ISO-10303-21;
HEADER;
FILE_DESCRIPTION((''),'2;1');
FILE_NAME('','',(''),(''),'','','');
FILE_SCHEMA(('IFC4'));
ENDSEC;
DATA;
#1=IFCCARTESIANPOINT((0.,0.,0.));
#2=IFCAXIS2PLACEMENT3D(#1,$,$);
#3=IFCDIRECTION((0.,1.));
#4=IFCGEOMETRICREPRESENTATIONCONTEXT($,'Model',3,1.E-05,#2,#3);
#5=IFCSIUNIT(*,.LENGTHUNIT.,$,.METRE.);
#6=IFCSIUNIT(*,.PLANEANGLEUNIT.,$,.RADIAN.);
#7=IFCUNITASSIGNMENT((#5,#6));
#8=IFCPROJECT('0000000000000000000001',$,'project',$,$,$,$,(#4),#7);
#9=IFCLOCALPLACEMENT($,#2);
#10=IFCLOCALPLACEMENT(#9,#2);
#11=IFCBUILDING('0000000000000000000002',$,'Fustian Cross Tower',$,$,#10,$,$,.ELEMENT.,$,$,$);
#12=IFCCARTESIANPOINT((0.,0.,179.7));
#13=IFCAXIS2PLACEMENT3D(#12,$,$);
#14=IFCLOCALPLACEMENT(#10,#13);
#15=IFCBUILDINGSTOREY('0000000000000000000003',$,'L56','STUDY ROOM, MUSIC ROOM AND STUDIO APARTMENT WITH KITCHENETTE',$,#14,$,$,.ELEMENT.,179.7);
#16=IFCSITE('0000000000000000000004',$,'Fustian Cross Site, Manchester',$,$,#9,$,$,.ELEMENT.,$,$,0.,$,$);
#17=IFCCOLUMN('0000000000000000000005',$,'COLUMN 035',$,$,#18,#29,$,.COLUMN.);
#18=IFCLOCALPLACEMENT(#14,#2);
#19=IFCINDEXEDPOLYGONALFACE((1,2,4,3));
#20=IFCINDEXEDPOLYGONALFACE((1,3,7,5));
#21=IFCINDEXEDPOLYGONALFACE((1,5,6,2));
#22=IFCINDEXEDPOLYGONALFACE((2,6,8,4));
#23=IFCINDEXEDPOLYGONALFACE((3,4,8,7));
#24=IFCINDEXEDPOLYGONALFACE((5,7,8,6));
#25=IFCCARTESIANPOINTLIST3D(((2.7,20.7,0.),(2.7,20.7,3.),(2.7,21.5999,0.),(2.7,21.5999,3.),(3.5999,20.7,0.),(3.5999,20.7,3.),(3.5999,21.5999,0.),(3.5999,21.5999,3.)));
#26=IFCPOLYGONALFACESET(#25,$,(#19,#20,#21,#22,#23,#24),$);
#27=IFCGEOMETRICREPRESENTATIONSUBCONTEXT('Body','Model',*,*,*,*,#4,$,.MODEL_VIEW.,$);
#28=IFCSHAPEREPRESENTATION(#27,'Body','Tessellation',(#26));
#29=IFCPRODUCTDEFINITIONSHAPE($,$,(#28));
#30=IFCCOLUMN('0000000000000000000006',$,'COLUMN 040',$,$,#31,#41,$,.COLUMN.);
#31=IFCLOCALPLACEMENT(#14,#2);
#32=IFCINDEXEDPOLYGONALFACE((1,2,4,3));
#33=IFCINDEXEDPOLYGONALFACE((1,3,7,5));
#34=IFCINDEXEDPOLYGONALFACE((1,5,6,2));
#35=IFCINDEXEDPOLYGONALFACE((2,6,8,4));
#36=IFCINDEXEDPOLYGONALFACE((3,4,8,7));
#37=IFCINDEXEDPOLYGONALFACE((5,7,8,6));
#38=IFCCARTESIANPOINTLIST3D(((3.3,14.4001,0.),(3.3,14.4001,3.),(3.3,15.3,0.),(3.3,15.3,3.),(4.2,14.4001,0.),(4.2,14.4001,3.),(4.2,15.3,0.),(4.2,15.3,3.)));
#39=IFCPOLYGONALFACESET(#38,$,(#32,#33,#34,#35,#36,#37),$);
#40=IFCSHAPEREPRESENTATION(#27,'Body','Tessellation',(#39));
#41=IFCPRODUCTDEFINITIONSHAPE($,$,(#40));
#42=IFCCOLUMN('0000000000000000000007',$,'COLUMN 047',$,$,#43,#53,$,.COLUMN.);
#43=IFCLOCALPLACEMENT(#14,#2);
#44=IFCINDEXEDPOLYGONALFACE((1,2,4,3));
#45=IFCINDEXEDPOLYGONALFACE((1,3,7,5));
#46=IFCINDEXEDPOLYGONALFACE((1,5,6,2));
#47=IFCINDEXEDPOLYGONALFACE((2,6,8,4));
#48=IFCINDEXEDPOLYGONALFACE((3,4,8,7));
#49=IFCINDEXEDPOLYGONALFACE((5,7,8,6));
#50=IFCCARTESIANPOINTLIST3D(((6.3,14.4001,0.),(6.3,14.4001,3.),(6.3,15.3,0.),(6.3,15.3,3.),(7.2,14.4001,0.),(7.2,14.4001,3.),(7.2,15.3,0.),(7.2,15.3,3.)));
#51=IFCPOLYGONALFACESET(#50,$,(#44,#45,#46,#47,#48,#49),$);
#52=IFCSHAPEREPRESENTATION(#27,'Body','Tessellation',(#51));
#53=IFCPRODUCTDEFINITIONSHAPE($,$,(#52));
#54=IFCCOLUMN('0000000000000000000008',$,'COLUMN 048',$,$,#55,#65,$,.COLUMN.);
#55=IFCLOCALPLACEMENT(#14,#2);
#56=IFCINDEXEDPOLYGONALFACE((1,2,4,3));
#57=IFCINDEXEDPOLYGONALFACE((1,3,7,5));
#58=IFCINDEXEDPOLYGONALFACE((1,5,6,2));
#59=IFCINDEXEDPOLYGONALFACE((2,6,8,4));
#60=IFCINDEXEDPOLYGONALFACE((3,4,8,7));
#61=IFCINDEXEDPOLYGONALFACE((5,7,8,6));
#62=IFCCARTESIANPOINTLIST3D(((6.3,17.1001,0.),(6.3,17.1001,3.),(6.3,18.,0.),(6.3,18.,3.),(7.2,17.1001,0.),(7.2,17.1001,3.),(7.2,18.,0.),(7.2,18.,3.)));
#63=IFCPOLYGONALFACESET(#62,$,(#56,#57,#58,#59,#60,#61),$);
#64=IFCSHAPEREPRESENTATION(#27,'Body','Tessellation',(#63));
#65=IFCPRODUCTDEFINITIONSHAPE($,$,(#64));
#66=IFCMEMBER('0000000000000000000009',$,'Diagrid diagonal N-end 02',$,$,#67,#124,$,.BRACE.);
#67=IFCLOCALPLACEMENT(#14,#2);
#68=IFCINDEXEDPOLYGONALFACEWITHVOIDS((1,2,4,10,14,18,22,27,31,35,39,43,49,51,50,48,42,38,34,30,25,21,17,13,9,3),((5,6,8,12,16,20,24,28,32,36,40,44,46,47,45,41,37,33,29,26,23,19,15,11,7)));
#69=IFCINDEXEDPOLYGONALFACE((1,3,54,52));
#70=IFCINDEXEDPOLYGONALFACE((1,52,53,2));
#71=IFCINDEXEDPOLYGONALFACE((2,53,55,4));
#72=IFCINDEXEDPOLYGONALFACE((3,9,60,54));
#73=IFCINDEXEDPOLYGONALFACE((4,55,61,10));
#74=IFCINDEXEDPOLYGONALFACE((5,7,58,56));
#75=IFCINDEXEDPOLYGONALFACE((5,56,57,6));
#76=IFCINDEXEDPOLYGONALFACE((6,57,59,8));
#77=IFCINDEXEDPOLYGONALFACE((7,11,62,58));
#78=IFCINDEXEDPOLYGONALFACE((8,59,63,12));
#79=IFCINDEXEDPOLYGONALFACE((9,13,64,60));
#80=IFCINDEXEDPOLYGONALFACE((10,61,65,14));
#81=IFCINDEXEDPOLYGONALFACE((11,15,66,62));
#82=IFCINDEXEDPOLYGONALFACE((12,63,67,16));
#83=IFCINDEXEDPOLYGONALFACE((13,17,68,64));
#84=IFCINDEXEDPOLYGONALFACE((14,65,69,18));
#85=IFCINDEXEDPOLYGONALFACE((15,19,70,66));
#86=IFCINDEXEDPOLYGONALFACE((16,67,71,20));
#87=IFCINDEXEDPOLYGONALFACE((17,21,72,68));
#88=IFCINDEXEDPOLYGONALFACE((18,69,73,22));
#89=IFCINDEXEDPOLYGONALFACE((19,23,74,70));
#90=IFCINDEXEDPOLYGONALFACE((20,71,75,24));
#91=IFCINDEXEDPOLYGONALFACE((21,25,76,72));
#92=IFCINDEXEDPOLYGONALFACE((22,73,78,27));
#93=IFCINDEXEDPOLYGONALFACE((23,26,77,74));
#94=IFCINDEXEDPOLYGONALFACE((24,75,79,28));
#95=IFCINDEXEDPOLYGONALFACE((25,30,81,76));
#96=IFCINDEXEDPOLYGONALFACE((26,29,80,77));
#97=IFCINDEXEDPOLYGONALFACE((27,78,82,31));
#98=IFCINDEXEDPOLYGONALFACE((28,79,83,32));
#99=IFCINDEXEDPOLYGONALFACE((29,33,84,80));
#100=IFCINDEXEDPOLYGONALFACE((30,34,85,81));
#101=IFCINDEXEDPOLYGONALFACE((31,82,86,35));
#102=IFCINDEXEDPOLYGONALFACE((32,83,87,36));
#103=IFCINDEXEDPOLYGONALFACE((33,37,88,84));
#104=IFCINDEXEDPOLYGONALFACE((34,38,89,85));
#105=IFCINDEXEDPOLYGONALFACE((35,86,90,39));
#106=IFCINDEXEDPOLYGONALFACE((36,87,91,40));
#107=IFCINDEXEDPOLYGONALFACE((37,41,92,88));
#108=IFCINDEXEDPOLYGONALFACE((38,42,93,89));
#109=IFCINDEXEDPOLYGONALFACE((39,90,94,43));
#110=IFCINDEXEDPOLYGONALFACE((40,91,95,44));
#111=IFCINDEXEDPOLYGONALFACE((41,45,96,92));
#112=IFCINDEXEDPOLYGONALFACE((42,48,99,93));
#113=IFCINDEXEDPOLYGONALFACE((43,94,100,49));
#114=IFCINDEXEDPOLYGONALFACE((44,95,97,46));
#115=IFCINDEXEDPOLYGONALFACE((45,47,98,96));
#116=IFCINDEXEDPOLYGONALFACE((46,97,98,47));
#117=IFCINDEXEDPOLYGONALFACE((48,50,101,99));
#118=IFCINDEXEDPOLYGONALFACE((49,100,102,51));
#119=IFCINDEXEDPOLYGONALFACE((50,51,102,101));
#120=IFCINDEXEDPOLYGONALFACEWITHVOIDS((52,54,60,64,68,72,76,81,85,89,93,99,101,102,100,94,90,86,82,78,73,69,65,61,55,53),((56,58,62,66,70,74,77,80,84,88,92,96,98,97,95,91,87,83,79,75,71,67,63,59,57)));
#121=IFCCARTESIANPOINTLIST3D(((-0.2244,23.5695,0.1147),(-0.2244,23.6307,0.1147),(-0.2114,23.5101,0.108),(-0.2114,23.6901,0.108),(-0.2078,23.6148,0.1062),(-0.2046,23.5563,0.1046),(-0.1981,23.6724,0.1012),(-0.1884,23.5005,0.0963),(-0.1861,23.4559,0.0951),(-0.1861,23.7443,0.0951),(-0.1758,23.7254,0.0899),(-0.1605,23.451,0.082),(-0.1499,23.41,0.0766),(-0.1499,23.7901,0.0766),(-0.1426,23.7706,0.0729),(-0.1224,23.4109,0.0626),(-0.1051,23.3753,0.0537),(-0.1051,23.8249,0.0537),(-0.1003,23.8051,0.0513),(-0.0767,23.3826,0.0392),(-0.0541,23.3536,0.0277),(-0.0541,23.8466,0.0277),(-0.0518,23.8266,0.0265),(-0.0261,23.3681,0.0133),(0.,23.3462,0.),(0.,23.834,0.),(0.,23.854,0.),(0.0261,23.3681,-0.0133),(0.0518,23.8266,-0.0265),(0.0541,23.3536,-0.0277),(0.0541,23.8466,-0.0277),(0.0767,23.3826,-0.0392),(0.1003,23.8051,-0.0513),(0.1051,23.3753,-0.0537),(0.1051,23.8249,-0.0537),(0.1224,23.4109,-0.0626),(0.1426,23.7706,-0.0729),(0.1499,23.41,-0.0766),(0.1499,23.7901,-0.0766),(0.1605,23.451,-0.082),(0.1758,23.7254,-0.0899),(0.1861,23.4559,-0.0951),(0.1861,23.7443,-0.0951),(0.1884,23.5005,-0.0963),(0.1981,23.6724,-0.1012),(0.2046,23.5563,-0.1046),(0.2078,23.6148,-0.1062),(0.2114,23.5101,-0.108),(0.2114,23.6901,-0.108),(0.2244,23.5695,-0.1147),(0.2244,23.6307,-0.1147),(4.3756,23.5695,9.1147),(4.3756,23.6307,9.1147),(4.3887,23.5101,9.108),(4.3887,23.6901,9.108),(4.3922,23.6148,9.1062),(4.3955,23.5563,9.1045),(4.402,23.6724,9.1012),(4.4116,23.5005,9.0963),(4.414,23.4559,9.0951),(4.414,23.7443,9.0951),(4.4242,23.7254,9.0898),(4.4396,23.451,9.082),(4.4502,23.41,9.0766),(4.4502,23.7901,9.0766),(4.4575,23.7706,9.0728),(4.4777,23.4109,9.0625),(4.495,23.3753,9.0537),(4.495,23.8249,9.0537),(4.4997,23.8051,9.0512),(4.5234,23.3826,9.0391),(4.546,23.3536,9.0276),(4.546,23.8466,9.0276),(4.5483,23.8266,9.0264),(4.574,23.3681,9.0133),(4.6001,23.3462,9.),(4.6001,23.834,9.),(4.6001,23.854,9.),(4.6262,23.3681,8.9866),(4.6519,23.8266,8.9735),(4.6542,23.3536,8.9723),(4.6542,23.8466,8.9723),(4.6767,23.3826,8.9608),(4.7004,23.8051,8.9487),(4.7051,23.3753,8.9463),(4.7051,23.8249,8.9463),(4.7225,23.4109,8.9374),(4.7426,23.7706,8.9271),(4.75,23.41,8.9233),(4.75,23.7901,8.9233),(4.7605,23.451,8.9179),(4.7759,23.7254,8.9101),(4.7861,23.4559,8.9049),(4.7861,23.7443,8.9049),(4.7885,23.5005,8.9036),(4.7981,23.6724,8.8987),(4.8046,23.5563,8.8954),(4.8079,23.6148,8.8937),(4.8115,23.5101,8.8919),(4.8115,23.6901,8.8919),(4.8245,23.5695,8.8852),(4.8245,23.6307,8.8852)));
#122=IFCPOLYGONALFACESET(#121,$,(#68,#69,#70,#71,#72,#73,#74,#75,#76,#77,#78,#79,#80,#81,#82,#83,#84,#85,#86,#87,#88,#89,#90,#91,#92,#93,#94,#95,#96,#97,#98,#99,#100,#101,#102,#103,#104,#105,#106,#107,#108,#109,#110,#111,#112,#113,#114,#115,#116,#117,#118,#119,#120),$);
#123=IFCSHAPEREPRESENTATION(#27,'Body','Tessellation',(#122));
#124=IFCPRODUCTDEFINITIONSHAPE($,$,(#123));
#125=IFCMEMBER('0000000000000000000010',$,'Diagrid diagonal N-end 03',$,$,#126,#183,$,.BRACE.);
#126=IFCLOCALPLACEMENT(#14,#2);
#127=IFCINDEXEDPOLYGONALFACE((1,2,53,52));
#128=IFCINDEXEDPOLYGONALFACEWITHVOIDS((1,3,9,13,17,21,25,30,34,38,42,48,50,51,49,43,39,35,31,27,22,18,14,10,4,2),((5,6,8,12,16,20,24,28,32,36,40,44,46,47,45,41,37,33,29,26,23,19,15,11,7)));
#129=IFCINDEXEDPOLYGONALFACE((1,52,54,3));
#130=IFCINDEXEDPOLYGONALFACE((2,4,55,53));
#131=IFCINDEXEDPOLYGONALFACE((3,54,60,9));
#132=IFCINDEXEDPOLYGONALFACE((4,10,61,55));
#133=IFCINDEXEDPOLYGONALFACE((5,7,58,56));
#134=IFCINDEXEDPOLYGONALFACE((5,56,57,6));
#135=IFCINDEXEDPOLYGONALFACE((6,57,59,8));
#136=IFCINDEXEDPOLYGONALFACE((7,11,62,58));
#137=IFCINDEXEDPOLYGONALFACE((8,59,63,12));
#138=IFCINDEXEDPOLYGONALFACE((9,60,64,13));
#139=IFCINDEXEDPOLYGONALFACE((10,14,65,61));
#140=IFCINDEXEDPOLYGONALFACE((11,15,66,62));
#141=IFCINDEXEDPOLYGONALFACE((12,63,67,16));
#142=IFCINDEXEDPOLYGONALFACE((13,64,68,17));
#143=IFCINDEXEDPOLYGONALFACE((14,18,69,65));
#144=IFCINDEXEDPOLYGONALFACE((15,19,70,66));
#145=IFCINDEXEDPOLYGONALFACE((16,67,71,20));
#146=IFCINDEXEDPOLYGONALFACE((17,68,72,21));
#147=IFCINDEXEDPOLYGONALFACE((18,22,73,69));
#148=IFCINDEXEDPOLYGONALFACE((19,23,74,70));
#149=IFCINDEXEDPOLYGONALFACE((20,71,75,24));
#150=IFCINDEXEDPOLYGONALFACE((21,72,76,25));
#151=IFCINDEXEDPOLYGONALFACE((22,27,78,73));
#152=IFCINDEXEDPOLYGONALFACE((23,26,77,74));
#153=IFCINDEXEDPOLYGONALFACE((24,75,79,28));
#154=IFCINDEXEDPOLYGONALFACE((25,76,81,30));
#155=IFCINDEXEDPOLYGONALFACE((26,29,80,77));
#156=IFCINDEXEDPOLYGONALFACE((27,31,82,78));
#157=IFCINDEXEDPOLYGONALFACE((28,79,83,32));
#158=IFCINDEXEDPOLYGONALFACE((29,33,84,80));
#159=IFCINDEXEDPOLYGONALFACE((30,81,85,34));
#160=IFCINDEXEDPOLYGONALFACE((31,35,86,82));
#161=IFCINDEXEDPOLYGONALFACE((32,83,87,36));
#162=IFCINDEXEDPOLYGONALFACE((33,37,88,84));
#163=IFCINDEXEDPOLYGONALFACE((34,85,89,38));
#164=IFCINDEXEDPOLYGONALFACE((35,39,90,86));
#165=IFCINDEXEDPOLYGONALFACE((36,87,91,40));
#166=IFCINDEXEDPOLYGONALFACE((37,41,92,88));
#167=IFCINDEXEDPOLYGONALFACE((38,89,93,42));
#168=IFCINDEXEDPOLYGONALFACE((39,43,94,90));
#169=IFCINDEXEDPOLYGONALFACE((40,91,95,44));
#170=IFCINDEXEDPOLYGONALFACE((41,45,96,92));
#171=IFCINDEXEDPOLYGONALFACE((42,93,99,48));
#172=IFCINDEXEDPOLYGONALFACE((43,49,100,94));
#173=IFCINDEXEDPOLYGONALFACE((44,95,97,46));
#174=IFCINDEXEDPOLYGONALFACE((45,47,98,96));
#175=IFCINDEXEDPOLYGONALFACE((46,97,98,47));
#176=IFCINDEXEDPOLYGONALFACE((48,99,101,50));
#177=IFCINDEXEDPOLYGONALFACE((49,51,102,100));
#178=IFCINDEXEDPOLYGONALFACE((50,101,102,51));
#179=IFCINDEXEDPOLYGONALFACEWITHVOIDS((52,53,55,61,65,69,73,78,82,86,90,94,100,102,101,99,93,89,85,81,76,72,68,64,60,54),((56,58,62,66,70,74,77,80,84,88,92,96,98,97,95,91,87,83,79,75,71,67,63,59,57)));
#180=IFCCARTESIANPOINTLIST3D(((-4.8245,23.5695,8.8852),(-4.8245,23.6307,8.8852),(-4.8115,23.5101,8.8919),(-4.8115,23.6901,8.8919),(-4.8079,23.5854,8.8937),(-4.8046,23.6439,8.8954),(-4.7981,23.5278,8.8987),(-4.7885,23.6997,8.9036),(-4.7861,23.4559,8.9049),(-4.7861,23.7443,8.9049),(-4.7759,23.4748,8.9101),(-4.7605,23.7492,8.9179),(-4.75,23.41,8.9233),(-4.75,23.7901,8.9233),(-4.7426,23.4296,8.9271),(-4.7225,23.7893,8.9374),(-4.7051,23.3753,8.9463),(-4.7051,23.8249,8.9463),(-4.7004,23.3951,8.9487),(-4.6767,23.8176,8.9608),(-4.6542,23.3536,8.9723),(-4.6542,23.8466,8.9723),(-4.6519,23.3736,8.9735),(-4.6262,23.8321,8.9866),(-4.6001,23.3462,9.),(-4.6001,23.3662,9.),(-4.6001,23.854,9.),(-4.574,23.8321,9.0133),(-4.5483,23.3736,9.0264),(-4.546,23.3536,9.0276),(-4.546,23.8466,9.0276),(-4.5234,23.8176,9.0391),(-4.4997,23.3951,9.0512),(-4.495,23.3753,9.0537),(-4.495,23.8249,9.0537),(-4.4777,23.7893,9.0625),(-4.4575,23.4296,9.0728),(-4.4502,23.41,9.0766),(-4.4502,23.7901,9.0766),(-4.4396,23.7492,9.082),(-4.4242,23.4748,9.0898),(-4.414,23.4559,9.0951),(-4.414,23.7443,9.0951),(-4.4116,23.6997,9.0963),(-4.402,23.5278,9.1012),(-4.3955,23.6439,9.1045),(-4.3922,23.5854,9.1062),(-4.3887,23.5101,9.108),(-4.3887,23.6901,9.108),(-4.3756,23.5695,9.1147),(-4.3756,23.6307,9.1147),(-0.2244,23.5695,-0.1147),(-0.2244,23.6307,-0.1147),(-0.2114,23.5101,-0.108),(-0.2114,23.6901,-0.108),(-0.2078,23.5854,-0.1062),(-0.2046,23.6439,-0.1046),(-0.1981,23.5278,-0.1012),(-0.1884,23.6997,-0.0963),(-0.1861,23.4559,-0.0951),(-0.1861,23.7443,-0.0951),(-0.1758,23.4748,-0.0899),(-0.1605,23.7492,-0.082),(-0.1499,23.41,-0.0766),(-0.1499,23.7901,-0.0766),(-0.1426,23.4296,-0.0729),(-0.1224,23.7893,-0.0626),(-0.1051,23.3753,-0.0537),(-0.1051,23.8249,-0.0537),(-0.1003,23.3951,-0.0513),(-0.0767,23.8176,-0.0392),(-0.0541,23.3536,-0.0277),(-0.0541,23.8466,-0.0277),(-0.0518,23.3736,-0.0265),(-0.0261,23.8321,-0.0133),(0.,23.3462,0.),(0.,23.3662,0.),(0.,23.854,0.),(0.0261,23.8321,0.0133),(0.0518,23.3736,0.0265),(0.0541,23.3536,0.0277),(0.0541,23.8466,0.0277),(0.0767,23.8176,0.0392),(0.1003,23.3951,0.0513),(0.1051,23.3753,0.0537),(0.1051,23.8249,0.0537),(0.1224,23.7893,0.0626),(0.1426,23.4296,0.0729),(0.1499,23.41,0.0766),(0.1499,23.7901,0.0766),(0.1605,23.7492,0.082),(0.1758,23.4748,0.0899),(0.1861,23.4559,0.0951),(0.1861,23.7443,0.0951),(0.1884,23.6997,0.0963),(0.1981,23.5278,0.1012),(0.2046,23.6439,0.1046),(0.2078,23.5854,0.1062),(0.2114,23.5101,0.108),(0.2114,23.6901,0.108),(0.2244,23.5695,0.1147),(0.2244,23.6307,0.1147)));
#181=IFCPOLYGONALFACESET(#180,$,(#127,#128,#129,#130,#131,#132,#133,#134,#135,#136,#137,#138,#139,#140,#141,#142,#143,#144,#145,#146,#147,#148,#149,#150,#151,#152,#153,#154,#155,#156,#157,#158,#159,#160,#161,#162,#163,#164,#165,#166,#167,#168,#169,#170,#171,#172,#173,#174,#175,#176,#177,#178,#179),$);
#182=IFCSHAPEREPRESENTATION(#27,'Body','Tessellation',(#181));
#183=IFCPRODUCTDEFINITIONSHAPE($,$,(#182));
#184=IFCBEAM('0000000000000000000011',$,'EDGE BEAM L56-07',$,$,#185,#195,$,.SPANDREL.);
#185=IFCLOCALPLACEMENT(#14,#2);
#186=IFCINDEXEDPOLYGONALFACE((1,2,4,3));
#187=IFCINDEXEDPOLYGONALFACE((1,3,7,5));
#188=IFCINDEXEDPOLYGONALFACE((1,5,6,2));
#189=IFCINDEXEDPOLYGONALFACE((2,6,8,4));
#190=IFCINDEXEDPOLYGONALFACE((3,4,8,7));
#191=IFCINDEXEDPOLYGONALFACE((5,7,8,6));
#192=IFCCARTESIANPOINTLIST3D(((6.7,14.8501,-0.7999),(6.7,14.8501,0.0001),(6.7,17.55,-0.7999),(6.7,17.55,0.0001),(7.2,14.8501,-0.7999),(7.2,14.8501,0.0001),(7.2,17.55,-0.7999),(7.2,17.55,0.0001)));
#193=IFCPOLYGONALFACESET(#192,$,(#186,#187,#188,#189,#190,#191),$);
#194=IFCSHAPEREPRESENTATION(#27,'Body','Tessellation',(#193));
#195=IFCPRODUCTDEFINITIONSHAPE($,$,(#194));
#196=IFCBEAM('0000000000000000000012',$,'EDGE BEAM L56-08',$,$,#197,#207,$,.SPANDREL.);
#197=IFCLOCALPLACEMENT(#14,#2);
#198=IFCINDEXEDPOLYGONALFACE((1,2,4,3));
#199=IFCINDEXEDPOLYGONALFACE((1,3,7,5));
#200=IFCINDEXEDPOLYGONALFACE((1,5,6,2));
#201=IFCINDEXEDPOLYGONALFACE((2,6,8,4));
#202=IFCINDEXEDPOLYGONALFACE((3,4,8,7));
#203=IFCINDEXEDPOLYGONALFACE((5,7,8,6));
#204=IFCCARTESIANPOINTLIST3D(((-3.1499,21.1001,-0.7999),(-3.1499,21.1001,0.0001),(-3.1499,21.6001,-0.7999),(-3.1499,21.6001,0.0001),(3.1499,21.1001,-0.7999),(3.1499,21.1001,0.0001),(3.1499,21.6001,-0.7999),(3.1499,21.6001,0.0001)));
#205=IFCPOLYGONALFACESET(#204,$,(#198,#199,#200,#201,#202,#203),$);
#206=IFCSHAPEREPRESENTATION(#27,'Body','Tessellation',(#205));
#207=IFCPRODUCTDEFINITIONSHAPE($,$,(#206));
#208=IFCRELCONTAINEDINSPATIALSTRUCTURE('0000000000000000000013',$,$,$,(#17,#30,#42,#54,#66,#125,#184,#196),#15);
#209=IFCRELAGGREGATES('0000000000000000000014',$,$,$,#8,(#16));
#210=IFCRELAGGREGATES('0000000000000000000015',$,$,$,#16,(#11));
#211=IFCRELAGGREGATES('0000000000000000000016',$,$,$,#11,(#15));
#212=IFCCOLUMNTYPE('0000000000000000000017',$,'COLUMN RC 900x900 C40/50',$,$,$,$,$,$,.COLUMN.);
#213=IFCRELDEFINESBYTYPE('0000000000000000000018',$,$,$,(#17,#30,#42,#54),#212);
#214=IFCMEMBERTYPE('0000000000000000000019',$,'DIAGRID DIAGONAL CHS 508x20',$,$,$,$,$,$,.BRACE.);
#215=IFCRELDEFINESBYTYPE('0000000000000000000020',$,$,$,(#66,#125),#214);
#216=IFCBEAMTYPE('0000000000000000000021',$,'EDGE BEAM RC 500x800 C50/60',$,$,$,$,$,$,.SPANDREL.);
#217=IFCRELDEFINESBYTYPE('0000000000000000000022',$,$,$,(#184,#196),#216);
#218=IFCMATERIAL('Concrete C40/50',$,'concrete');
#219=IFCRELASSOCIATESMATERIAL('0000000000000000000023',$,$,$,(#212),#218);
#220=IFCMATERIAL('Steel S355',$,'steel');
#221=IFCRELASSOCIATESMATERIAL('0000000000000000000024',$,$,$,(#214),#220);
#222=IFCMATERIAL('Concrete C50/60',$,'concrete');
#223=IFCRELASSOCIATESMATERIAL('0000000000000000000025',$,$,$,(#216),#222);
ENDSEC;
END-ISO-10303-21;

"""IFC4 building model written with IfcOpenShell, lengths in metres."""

from ifc_helpers import new_model, si_unit, direction, frame, origin, origin_2d, place, context, subcontext, project, spatial, rectangle, hollow_circle, extrude, material, material_profile, profile_set, type_object, element, save


model = new_model("IFC4")

# Units and contexts
model_context = context("Model", 3, precision=1e-05, world=origin(), true_north=direction((0.0, 1.0)))
body_context = subcontext(model_context, "Body", "Model", "MODEL_VIEW")
ifc_project = project(units=[si_unit("LENGTHUNIT", "METRE"), si_unit("PLANEANGLEUNIT", "RADIAN")], contexts=[model_context])

# Site, building, storey
site_placement = place(None, origin())
site = spatial("IfcSite", under=ifc_project, at=site_placement, Name="Fustian Cross Site, Manchester", CompositionType="ELEMENT", RefElevation=0.0)
building_placement = place(site_placement, origin())
building = spatial("IfcBuilding", under=site, at=building_placement, Name="Fustian Cross Tower", CompositionType="ELEMENT")
storey_placement = place(building_placement, frame((0.0, 0.0, 179.7)))
storey = spatial("IfcBuildingStorey", under=building, at=storey_placement, Name="L56", Description="STUDY ROOM, MUSIC ROOM AND STUDIO APARTMENT WITH KITCHENETTE", CompositionType="ELEMENT", Elevation=179.7)

# Columns
ifc_material_1 = material(Name="Concrete C40/50", Category="concrete")
ifc_material_profile_1 = material_profile(ifc_material_1, rectangle(XDim=0.8999, YDim=0.8999, at=origin_2d()), Name="RC 900x900")
ifc_profile_set_1 = profile_set([ifc_material_profile_1], Name="Concrete C40/50")
column_type = type_object("IfcColumnType", Name="COLUMN RC 900x900 C40/50", PredefinedType="COLUMN", material=ifc_profile_set_1)
for number, where, z_axis, x_axis, name in (
    (1, (3.1499, 21.1499, 0.0), (0.0, 0.0, 1.0), (1.0, 0.0, 0.0), "COLUMN 035"),
    (2, (3.75, 14.8501, 0.0), (0.0, 0.0, 1.0), (1.0, 0.0, 0.0), "COLUMN 040"),
    (3, (6.75, 14.8501, 0.0), (0.0, 0.0, 1.0), (1.0, 0.0, 0.0), "COLUMN 047"),
    (4, (6.75, 17.55, 0.0), (0.0, 0.0, 1.0), (1.0, 0.0, 0.0), "COLUMN 048"),
):
    element("IfcColumn", number, at=place(storey_placement, frame(where, z_axis=z_axis, x_axis=x_axis)), inside=storey, type_object=column_type, Name=name, PredefinedType="COLUMN", context=body_context, shape_type="SweptSolid", body=[
        extrude(rectangle(XDim=0.8999, YDim=0.8999, at=origin_2d()), origin(), (0.0, 0.0, 1.0), 3.0),
    ])

# Members
ifc_material_2 = material(Name="Steel S355", Category="steel")
ifc_material_profile_2 = material_profile(ifc_material_2, hollow_circle(Radius=0.2539, WallThickness=0.02, at=origin_2d()), Name="CHS 508x20")
ifc_profile_set_2 = profile_set([ifc_material_profile_2], Name="Steel S355")
member_type = type_object("IfcMemberType", Name="DIAGRID DIAGONAL CHS 508x20", PredefinedType="BRACE", material=ifc_profile_set_2)
for number, where, z_axis, x_axis, name in (
    (5, (0.0, 23.6001, 0.0), (0.455119, 0.0, 0.890431), (0.0, 1.0, 0.0), "Diagrid diagonal N-end 02"),
    (6, (0.0, 23.6001, 0.0), (-0.455119, 0.0, 0.890431), (0.0, -1.0, 0.0), "Diagrid diagonal N-end 03"),
):
    element("IfcMember", number, at=place(storey_placement, frame(where, z_axis=z_axis, x_axis=x_axis)), inside=storey, type_object=member_type, Name=name, PredefinedType="BRACE", context=body_context, shape_type="SweptSolid", body=[
        extrude(hollow_circle(Radius=0.2539, WallThickness=0.02, at=origin_2d()), origin(), (0.0, 0.0, 1.0), 10.1074),
    ])

# Beams
ifc_material_3 = material(Name="Concrete C50/60", Category="concrete")
ifc_material_profile_3 = material_profile(ifc_material_3, rectangle(XDim=0.5, YDim=0.8, at=origin_2d()), Name="RC 500x800")
ifc_profile_set_3 = profile_set([ifc_material_profile_3], Name="Concrete C50/60")
beam_type = type_object("IfcBeamType", Name="EDGE BEAM RC 500x800 C50/60", PredefinedType="SPANDREL", material=ifc_profile_set_3)
beam_1_placement = place(storey_placement, frame((6.95, 14.8501, -0.3999), z_axis=(0.0, 1.0, 0.0), x_axis=(-1.0, 0.0, 0.0)))
element("IfcBeam", 7, at=beam_1_placement, inside=storey, type_object=beam_type, Name="EDGE BEAM L56-07", PredefinedType="SPANDREL", context=body_context, shape_type="SweptSolid", body=[
    extrude(rectangle(XDim=0.5, YDim=0.8, at=origin_2d()), origin(), (0.0, 0.0, 1.0), 2.7),
])
beam_2_placement = place(storey_placement, frame((3.1499, 21.3501, -0.3999), z_axis=(-1.0, 0.0, 0.0), x_axis=(0.0, -1.0, 0.0)))
element("IfcBeam", 8, at=beam_2_placement, inside=storey, type_object=beam_type, Name="EDGE BEAM L56-08", PredefinedType="SPANDREL", context=body_context, shape_type="SweptSolid", body=[
    extrude(rectangle(XDim=0.5, YDim=0.8, at=origin_2d()), origin(), (0.0, 0.0, 1.0), 6.2998),
])

save(model, "model.ifc")
